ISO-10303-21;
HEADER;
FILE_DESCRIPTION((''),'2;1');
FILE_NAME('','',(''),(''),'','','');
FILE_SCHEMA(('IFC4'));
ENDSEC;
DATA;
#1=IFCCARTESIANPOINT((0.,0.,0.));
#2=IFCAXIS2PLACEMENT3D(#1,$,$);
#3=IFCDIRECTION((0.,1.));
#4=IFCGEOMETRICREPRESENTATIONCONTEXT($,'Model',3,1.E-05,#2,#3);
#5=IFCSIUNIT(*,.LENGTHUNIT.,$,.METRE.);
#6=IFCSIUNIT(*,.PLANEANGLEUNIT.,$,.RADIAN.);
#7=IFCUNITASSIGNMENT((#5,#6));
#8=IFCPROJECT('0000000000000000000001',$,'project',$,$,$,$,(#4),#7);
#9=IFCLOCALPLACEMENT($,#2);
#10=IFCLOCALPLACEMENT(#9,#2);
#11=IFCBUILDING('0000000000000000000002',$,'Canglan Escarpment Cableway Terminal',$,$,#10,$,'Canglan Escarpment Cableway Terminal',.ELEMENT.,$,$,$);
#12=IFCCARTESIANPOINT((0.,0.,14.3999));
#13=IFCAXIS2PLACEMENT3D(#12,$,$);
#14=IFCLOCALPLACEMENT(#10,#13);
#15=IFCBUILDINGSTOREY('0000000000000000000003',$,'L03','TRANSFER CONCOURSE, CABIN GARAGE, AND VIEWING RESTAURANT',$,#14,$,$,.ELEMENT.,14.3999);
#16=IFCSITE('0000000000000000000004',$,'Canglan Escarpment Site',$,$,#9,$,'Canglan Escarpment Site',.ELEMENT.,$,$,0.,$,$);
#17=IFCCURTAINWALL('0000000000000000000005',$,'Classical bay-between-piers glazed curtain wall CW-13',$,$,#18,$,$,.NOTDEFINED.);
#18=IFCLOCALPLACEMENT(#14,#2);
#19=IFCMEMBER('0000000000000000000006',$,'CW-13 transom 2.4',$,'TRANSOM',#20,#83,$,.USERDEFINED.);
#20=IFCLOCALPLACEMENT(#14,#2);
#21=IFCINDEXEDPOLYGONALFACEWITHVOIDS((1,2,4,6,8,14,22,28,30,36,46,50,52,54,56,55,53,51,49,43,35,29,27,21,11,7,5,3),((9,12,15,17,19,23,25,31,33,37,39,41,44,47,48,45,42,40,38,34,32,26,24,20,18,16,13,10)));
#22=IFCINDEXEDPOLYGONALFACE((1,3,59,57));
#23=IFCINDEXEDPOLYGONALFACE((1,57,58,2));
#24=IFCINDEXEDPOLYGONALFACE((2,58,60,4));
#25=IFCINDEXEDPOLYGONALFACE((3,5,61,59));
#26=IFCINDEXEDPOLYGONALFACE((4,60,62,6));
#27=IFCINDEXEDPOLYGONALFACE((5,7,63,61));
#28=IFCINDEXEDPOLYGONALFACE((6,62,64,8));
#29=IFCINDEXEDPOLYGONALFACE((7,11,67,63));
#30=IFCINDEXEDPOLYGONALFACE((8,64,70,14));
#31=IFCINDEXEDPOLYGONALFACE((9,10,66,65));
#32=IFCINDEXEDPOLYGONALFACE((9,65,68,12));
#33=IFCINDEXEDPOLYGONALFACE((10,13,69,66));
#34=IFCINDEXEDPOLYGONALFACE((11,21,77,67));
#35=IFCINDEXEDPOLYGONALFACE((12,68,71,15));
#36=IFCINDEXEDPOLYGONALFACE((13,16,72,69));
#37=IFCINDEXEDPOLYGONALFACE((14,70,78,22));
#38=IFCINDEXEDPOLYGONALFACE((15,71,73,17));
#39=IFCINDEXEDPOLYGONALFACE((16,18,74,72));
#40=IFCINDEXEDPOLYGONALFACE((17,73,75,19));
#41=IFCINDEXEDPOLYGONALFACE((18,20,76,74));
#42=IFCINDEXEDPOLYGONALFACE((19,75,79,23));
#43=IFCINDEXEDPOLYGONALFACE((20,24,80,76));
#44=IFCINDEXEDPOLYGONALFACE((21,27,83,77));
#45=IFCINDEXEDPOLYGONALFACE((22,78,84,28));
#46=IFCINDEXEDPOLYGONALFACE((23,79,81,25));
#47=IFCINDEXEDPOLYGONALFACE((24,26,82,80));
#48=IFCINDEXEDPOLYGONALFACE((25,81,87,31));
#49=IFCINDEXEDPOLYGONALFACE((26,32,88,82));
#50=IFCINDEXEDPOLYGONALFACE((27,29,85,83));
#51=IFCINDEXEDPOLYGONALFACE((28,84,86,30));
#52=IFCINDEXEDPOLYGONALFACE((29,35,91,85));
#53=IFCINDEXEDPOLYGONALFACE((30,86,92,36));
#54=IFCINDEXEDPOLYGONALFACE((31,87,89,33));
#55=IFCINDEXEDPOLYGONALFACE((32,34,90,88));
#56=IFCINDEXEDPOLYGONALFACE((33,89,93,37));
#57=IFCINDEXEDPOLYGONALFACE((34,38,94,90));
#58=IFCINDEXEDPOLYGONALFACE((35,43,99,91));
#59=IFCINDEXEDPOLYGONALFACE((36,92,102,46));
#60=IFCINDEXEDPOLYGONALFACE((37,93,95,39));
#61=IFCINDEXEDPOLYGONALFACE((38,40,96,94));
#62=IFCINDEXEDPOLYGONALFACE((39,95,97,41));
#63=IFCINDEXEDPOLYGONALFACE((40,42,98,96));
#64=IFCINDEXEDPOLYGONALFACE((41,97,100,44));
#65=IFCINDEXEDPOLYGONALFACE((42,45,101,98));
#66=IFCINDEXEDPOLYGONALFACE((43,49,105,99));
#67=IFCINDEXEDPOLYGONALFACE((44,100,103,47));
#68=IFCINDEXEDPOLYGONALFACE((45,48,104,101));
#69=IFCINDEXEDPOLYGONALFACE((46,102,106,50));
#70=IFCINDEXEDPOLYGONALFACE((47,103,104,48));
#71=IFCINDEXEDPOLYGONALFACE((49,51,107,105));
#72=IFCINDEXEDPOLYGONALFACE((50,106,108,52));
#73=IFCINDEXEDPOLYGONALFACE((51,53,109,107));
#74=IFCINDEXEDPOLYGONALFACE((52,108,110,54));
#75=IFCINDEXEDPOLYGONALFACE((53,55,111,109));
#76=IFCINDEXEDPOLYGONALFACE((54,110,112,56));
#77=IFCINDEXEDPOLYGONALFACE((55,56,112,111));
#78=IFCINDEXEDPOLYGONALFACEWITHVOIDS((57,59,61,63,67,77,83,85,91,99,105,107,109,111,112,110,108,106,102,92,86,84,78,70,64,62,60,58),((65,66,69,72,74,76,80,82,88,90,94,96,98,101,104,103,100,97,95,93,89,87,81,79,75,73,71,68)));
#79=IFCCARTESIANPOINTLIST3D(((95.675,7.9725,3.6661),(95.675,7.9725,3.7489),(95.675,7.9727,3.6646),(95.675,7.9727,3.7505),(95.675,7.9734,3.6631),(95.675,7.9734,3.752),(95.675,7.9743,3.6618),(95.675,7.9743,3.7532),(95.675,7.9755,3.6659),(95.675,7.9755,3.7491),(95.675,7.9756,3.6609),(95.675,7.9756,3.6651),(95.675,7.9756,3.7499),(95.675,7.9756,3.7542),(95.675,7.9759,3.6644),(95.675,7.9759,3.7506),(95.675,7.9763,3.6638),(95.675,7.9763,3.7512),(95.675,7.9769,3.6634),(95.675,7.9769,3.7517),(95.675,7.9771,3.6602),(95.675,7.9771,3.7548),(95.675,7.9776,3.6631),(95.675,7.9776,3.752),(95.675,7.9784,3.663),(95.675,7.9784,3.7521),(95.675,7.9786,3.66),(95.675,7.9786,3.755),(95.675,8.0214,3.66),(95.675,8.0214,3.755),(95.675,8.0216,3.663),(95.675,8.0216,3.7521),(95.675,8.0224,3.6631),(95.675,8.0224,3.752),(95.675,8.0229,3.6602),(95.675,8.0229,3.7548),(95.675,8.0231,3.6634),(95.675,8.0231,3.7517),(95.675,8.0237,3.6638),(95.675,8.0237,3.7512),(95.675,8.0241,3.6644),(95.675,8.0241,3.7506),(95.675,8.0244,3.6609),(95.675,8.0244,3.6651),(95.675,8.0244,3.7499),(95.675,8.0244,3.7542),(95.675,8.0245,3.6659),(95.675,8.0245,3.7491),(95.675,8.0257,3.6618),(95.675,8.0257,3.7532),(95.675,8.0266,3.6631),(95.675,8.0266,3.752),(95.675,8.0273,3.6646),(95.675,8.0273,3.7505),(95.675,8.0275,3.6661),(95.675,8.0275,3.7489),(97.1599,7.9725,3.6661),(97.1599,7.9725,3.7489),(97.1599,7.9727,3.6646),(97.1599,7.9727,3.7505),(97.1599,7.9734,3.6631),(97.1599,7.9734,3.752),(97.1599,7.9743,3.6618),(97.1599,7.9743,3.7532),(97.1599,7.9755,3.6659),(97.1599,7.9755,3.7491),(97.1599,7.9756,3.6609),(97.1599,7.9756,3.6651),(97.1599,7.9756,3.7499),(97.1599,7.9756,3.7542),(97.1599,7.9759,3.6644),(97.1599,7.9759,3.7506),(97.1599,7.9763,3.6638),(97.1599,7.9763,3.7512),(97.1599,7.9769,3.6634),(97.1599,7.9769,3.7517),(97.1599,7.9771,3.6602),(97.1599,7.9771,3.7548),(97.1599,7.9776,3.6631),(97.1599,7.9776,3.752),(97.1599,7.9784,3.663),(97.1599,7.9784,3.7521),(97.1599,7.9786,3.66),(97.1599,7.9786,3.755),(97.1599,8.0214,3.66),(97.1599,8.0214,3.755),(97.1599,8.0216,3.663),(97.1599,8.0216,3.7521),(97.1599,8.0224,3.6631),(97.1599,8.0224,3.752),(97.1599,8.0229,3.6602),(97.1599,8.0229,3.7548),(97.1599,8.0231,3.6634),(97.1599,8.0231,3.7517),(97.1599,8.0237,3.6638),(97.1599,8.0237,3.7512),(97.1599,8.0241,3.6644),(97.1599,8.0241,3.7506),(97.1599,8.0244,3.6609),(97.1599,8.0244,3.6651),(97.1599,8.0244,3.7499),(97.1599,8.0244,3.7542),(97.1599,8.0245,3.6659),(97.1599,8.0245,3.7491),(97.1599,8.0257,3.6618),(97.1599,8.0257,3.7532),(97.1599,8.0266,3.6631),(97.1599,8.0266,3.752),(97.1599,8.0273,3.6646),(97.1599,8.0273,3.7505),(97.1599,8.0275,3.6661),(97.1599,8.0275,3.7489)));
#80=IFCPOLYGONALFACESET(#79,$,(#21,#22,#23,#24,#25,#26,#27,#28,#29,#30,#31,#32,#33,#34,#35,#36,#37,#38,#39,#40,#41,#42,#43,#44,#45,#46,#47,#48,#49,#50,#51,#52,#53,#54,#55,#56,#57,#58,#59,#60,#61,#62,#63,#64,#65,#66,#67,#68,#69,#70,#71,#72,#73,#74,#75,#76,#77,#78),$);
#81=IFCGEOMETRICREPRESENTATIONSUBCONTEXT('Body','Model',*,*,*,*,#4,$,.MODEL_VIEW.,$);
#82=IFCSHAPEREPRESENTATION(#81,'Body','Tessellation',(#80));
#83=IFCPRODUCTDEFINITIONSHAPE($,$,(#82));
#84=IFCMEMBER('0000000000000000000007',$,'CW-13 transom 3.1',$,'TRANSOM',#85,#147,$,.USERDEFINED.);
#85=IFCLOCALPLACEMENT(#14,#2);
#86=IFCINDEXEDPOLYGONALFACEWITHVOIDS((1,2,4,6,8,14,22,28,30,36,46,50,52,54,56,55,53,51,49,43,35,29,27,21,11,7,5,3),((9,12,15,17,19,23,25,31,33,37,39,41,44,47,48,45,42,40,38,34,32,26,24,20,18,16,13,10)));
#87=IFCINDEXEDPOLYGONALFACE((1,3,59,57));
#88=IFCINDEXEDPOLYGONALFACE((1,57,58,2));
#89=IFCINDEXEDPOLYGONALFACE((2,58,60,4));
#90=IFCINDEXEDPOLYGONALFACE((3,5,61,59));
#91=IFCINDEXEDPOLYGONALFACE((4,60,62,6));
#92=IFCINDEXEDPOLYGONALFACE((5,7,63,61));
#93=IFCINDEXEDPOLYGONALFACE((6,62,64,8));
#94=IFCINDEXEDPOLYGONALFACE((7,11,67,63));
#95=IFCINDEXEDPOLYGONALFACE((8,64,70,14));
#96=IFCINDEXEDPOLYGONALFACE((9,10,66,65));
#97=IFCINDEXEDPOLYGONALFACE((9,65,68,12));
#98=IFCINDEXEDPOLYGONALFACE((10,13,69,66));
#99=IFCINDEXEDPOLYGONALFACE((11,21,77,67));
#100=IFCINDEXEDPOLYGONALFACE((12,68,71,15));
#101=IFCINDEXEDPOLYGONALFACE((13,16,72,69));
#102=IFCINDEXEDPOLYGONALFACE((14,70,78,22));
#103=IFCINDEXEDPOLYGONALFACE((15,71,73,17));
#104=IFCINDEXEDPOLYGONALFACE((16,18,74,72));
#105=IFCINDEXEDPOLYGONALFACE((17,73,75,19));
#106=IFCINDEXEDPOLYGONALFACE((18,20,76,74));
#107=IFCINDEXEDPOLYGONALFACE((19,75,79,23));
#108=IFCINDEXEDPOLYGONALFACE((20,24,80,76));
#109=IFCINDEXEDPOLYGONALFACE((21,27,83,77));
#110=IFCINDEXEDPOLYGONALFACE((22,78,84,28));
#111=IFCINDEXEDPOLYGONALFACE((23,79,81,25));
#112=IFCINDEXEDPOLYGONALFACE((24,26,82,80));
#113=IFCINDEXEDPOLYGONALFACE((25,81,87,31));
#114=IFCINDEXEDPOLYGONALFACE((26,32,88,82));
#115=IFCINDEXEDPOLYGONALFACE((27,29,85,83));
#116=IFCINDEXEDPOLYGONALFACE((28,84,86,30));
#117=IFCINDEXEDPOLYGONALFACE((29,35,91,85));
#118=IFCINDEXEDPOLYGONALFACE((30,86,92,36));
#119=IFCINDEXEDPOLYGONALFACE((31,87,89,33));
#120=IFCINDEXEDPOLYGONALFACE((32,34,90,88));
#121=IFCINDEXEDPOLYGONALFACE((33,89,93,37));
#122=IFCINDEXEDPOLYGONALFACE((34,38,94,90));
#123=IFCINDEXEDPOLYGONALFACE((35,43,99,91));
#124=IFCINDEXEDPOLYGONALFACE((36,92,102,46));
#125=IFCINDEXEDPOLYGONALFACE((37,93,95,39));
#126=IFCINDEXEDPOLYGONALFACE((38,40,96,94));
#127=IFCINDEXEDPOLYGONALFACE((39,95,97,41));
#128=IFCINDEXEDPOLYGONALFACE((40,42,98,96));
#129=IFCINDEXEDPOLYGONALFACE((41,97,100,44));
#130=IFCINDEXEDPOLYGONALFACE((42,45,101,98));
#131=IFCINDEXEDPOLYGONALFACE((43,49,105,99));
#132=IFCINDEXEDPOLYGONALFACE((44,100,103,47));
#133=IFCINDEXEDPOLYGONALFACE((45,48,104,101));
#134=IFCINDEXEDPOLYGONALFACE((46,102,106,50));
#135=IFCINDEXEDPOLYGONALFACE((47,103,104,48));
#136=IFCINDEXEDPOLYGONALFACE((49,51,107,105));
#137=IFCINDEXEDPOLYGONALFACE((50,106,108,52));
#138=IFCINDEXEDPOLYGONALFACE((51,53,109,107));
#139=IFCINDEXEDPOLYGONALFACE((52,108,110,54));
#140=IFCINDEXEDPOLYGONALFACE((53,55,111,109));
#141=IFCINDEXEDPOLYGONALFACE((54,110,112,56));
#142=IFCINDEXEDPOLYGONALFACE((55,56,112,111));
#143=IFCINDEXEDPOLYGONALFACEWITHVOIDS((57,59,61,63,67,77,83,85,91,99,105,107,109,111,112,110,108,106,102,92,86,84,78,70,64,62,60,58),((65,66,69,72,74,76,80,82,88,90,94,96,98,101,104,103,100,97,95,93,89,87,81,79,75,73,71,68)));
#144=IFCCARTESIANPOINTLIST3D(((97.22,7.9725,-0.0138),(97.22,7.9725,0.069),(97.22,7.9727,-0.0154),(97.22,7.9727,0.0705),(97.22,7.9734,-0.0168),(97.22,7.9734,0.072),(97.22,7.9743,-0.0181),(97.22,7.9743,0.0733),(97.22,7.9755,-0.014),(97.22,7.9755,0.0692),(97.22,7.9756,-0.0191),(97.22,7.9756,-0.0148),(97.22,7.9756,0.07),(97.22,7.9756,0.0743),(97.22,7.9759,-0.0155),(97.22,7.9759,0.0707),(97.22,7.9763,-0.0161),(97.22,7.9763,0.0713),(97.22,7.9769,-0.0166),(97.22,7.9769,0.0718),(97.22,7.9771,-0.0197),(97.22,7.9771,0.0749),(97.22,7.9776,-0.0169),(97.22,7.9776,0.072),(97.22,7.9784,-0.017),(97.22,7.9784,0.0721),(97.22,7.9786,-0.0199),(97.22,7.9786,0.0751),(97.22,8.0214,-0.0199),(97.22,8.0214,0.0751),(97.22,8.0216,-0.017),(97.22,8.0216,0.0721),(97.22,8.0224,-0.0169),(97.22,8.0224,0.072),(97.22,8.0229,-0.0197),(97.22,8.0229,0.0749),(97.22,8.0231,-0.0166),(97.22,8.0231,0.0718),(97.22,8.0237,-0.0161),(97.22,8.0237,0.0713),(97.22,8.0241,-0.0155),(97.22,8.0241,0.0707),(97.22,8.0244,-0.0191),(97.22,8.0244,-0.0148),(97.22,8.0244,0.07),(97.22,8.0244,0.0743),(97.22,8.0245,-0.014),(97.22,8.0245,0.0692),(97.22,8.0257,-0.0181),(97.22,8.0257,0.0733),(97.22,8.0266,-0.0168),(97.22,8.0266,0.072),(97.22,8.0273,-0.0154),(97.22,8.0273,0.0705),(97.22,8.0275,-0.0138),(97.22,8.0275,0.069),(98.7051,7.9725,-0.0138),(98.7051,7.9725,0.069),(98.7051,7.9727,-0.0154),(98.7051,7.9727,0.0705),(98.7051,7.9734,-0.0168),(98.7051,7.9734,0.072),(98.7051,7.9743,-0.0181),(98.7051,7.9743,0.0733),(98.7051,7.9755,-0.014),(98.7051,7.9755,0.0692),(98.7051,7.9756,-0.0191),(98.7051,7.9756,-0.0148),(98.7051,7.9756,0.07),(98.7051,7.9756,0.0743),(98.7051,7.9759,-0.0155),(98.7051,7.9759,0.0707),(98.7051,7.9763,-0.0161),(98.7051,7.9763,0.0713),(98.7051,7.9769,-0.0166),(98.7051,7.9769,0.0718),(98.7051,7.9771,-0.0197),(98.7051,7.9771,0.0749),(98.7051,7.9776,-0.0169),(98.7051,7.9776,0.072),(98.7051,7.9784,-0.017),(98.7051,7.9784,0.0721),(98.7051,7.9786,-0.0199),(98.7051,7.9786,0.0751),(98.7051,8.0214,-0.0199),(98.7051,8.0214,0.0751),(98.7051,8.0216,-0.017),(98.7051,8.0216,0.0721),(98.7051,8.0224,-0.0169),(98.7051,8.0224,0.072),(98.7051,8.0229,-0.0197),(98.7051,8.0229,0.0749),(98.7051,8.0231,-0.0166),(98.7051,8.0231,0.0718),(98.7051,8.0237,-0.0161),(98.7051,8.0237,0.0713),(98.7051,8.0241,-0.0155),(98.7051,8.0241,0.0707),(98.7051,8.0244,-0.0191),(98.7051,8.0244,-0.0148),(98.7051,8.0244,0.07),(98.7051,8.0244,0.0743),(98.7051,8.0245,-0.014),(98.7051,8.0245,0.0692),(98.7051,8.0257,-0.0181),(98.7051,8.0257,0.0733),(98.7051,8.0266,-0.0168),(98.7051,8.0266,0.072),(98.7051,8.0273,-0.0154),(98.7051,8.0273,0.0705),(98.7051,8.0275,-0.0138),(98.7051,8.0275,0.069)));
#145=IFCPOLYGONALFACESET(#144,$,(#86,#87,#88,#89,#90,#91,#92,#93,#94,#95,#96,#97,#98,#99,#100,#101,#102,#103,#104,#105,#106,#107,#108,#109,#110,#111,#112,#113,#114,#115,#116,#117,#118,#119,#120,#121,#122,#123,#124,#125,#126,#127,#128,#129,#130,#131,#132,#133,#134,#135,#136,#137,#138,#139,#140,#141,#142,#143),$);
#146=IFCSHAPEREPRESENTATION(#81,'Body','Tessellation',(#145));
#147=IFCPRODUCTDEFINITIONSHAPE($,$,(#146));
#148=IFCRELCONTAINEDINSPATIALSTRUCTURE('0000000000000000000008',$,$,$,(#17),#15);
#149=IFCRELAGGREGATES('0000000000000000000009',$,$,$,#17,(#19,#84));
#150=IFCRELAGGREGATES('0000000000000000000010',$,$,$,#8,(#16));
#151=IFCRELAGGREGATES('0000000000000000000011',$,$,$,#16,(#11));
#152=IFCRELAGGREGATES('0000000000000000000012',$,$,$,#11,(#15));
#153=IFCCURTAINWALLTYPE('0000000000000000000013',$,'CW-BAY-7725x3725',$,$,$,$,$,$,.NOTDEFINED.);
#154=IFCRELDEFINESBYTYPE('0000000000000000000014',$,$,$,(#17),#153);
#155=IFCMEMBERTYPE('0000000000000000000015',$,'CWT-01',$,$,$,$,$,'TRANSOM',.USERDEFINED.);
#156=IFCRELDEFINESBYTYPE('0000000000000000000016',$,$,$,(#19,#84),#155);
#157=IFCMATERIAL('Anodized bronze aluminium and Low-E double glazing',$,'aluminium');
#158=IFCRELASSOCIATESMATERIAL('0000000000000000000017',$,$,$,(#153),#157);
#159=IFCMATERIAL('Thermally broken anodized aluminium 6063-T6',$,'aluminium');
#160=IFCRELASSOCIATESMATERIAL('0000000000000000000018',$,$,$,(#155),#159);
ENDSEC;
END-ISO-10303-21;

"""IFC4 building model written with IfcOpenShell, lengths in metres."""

from ifc_helpers import new_model, si_unit, direction, frame, origin, origin_2d, place, context, subcontext, project, spatial, hollow_rectangle, extrude, material, material_profile, profile_set, type_object, element, aggregate, save


model = new_model("IFC4")

# Units and contexts
model_context = context("Model", 3, precision=1e-05, world=origin(), true_north=direction((0.0, 1.0)))
body_context = subcontext(model_context, "Body", "Model", "MODEL_VIEW")
ifc_project = project(units=[si_unit("LENGTHUNIT", "METRE"), si_unit("PLANEANGLEUNIT", "RADIAN")], contexts=[model_context])

# Site, building, storey
site_placement = place(None, origin())
site = spatial("IfcSite", under=ifc_project, at=site_placement, Name="Canglan Escarpment Site", LongName="Canglan Escarpment Site", CompositionType="ELEMENT", RefElevation=0.0)
building_placement = place(site_placement, origin())
building = spatial("IfcBuilding", under=site, at=building_placement, Name="Canglan Escarpment Cableway Terminal", LongName="Canglan Escarpment Cableway Terminal", CompositionType="ELEMENT")
storey_placement = place(building_placement, frame((0.0, 0.0, 14.3999)))
storey = spatial("IfcBuildingStorey", under=building, at=storey_placement, Name="L03", Description="TRANSFER CONCOURSE, CABIN GARAGE, AND VIEWING RESTAURANT", CompositionType="ELEMENT", Elevation=14.3999)

# Curtain wall, members
ifc_material_1 = material(Name="Anodized bronze aluminium and Low-E double glazing", Category="aluminium")
curtain_wall_type = type_object("IfcCurtainWallType", Name="CW-BAY-7725x3725", PredefinedType="NOTDEFINED", material=ifc_material_1)
curtain_wall_placement = place(storey_placement, origin())
curtain_wall = element("IfcCurtainWall", 1, at=curtain_wall_placement, inside=storey, type_object=curtain_wall_type, Name="Classical bay-between-piers glazed curtain wall CW-13", PredefinedType="NOTDEFINED")
ifc_material_2 = material(Name="Thermally broken anodized aluminium 6063-T6", Category="aluminium")
ifc_material_profile_1 = material_profile(ifc_material_2, hollow_rectangle(XDim=0.0549, YDim=0.095, WallThickness=0.0029, InnerFilletRadius=0.0029, OuterFilletRadius=0.0061, at=origin_2d()), Name="ALU-TRAN 55x95x3")
ifc_profile_set_1 = profile_set([ifc_material_profile_1], Name="Thermally broken anodized aluminium 6063-T6")
member_type_1 = type_object("IfcMemberType", Name="CWT-01", ElementType="TRANSOM", PredefinedType="USERDEFINED", material=ifc_profile_set_1)
member_1_placement = place(storey_placement, frame((95.675, 8.0, 3.7075), z_axis=(1.0, 0.0, 0.0), x_axis=(0.0, 1.0, 0.0)))
member_1 = element("IfcMember", 2, at=member_1_placement, type_object=member_type_1, Name="CW-13 transom 2.4", ObjectType="TRANSOM", PredefinedType="USERDEFINED", context=body_context, shape_type="SweptSolid", body=[
    extrude(hollow_rectangle(XDim=0.0549, YDim=0.095, WallThickness=0.0029, InnerFilletRadius=0.0029, OuterFilletRadius=0.0061, at=origin_2d()), origin(), (0.0, 0.0, 1.0), 1.4849),
])
member_2_placement = place(storey_placement, frame((97.22, 8.0, 0.0276), z_axis=(1.0, 0.0, 0.0), x_axis=(0.0, 1.0, 0.0)))
member_2 = element("IfcMember", 3, at=member_2_placement, type_object=member_type_1, Name="CW-13 transom 3.1", ObjectType="TRANSOM", PredefinedType="USERDEFINED", context=body_context, shape_type="SweptSolid", body=[
    extrude(hollow_rectangle(XDim=0.0549, YDim=0.095, WallThickness=0.0029, InnerFilletRadius=0.0029, OuterFilletRadius=0.0061, at=origin_2d()), origin(), (0.0, 0.0, 1.0), 1.4851),
])

aggregate(curtain_wall, [member_1, member_2])

save(model, "model.ifc")
